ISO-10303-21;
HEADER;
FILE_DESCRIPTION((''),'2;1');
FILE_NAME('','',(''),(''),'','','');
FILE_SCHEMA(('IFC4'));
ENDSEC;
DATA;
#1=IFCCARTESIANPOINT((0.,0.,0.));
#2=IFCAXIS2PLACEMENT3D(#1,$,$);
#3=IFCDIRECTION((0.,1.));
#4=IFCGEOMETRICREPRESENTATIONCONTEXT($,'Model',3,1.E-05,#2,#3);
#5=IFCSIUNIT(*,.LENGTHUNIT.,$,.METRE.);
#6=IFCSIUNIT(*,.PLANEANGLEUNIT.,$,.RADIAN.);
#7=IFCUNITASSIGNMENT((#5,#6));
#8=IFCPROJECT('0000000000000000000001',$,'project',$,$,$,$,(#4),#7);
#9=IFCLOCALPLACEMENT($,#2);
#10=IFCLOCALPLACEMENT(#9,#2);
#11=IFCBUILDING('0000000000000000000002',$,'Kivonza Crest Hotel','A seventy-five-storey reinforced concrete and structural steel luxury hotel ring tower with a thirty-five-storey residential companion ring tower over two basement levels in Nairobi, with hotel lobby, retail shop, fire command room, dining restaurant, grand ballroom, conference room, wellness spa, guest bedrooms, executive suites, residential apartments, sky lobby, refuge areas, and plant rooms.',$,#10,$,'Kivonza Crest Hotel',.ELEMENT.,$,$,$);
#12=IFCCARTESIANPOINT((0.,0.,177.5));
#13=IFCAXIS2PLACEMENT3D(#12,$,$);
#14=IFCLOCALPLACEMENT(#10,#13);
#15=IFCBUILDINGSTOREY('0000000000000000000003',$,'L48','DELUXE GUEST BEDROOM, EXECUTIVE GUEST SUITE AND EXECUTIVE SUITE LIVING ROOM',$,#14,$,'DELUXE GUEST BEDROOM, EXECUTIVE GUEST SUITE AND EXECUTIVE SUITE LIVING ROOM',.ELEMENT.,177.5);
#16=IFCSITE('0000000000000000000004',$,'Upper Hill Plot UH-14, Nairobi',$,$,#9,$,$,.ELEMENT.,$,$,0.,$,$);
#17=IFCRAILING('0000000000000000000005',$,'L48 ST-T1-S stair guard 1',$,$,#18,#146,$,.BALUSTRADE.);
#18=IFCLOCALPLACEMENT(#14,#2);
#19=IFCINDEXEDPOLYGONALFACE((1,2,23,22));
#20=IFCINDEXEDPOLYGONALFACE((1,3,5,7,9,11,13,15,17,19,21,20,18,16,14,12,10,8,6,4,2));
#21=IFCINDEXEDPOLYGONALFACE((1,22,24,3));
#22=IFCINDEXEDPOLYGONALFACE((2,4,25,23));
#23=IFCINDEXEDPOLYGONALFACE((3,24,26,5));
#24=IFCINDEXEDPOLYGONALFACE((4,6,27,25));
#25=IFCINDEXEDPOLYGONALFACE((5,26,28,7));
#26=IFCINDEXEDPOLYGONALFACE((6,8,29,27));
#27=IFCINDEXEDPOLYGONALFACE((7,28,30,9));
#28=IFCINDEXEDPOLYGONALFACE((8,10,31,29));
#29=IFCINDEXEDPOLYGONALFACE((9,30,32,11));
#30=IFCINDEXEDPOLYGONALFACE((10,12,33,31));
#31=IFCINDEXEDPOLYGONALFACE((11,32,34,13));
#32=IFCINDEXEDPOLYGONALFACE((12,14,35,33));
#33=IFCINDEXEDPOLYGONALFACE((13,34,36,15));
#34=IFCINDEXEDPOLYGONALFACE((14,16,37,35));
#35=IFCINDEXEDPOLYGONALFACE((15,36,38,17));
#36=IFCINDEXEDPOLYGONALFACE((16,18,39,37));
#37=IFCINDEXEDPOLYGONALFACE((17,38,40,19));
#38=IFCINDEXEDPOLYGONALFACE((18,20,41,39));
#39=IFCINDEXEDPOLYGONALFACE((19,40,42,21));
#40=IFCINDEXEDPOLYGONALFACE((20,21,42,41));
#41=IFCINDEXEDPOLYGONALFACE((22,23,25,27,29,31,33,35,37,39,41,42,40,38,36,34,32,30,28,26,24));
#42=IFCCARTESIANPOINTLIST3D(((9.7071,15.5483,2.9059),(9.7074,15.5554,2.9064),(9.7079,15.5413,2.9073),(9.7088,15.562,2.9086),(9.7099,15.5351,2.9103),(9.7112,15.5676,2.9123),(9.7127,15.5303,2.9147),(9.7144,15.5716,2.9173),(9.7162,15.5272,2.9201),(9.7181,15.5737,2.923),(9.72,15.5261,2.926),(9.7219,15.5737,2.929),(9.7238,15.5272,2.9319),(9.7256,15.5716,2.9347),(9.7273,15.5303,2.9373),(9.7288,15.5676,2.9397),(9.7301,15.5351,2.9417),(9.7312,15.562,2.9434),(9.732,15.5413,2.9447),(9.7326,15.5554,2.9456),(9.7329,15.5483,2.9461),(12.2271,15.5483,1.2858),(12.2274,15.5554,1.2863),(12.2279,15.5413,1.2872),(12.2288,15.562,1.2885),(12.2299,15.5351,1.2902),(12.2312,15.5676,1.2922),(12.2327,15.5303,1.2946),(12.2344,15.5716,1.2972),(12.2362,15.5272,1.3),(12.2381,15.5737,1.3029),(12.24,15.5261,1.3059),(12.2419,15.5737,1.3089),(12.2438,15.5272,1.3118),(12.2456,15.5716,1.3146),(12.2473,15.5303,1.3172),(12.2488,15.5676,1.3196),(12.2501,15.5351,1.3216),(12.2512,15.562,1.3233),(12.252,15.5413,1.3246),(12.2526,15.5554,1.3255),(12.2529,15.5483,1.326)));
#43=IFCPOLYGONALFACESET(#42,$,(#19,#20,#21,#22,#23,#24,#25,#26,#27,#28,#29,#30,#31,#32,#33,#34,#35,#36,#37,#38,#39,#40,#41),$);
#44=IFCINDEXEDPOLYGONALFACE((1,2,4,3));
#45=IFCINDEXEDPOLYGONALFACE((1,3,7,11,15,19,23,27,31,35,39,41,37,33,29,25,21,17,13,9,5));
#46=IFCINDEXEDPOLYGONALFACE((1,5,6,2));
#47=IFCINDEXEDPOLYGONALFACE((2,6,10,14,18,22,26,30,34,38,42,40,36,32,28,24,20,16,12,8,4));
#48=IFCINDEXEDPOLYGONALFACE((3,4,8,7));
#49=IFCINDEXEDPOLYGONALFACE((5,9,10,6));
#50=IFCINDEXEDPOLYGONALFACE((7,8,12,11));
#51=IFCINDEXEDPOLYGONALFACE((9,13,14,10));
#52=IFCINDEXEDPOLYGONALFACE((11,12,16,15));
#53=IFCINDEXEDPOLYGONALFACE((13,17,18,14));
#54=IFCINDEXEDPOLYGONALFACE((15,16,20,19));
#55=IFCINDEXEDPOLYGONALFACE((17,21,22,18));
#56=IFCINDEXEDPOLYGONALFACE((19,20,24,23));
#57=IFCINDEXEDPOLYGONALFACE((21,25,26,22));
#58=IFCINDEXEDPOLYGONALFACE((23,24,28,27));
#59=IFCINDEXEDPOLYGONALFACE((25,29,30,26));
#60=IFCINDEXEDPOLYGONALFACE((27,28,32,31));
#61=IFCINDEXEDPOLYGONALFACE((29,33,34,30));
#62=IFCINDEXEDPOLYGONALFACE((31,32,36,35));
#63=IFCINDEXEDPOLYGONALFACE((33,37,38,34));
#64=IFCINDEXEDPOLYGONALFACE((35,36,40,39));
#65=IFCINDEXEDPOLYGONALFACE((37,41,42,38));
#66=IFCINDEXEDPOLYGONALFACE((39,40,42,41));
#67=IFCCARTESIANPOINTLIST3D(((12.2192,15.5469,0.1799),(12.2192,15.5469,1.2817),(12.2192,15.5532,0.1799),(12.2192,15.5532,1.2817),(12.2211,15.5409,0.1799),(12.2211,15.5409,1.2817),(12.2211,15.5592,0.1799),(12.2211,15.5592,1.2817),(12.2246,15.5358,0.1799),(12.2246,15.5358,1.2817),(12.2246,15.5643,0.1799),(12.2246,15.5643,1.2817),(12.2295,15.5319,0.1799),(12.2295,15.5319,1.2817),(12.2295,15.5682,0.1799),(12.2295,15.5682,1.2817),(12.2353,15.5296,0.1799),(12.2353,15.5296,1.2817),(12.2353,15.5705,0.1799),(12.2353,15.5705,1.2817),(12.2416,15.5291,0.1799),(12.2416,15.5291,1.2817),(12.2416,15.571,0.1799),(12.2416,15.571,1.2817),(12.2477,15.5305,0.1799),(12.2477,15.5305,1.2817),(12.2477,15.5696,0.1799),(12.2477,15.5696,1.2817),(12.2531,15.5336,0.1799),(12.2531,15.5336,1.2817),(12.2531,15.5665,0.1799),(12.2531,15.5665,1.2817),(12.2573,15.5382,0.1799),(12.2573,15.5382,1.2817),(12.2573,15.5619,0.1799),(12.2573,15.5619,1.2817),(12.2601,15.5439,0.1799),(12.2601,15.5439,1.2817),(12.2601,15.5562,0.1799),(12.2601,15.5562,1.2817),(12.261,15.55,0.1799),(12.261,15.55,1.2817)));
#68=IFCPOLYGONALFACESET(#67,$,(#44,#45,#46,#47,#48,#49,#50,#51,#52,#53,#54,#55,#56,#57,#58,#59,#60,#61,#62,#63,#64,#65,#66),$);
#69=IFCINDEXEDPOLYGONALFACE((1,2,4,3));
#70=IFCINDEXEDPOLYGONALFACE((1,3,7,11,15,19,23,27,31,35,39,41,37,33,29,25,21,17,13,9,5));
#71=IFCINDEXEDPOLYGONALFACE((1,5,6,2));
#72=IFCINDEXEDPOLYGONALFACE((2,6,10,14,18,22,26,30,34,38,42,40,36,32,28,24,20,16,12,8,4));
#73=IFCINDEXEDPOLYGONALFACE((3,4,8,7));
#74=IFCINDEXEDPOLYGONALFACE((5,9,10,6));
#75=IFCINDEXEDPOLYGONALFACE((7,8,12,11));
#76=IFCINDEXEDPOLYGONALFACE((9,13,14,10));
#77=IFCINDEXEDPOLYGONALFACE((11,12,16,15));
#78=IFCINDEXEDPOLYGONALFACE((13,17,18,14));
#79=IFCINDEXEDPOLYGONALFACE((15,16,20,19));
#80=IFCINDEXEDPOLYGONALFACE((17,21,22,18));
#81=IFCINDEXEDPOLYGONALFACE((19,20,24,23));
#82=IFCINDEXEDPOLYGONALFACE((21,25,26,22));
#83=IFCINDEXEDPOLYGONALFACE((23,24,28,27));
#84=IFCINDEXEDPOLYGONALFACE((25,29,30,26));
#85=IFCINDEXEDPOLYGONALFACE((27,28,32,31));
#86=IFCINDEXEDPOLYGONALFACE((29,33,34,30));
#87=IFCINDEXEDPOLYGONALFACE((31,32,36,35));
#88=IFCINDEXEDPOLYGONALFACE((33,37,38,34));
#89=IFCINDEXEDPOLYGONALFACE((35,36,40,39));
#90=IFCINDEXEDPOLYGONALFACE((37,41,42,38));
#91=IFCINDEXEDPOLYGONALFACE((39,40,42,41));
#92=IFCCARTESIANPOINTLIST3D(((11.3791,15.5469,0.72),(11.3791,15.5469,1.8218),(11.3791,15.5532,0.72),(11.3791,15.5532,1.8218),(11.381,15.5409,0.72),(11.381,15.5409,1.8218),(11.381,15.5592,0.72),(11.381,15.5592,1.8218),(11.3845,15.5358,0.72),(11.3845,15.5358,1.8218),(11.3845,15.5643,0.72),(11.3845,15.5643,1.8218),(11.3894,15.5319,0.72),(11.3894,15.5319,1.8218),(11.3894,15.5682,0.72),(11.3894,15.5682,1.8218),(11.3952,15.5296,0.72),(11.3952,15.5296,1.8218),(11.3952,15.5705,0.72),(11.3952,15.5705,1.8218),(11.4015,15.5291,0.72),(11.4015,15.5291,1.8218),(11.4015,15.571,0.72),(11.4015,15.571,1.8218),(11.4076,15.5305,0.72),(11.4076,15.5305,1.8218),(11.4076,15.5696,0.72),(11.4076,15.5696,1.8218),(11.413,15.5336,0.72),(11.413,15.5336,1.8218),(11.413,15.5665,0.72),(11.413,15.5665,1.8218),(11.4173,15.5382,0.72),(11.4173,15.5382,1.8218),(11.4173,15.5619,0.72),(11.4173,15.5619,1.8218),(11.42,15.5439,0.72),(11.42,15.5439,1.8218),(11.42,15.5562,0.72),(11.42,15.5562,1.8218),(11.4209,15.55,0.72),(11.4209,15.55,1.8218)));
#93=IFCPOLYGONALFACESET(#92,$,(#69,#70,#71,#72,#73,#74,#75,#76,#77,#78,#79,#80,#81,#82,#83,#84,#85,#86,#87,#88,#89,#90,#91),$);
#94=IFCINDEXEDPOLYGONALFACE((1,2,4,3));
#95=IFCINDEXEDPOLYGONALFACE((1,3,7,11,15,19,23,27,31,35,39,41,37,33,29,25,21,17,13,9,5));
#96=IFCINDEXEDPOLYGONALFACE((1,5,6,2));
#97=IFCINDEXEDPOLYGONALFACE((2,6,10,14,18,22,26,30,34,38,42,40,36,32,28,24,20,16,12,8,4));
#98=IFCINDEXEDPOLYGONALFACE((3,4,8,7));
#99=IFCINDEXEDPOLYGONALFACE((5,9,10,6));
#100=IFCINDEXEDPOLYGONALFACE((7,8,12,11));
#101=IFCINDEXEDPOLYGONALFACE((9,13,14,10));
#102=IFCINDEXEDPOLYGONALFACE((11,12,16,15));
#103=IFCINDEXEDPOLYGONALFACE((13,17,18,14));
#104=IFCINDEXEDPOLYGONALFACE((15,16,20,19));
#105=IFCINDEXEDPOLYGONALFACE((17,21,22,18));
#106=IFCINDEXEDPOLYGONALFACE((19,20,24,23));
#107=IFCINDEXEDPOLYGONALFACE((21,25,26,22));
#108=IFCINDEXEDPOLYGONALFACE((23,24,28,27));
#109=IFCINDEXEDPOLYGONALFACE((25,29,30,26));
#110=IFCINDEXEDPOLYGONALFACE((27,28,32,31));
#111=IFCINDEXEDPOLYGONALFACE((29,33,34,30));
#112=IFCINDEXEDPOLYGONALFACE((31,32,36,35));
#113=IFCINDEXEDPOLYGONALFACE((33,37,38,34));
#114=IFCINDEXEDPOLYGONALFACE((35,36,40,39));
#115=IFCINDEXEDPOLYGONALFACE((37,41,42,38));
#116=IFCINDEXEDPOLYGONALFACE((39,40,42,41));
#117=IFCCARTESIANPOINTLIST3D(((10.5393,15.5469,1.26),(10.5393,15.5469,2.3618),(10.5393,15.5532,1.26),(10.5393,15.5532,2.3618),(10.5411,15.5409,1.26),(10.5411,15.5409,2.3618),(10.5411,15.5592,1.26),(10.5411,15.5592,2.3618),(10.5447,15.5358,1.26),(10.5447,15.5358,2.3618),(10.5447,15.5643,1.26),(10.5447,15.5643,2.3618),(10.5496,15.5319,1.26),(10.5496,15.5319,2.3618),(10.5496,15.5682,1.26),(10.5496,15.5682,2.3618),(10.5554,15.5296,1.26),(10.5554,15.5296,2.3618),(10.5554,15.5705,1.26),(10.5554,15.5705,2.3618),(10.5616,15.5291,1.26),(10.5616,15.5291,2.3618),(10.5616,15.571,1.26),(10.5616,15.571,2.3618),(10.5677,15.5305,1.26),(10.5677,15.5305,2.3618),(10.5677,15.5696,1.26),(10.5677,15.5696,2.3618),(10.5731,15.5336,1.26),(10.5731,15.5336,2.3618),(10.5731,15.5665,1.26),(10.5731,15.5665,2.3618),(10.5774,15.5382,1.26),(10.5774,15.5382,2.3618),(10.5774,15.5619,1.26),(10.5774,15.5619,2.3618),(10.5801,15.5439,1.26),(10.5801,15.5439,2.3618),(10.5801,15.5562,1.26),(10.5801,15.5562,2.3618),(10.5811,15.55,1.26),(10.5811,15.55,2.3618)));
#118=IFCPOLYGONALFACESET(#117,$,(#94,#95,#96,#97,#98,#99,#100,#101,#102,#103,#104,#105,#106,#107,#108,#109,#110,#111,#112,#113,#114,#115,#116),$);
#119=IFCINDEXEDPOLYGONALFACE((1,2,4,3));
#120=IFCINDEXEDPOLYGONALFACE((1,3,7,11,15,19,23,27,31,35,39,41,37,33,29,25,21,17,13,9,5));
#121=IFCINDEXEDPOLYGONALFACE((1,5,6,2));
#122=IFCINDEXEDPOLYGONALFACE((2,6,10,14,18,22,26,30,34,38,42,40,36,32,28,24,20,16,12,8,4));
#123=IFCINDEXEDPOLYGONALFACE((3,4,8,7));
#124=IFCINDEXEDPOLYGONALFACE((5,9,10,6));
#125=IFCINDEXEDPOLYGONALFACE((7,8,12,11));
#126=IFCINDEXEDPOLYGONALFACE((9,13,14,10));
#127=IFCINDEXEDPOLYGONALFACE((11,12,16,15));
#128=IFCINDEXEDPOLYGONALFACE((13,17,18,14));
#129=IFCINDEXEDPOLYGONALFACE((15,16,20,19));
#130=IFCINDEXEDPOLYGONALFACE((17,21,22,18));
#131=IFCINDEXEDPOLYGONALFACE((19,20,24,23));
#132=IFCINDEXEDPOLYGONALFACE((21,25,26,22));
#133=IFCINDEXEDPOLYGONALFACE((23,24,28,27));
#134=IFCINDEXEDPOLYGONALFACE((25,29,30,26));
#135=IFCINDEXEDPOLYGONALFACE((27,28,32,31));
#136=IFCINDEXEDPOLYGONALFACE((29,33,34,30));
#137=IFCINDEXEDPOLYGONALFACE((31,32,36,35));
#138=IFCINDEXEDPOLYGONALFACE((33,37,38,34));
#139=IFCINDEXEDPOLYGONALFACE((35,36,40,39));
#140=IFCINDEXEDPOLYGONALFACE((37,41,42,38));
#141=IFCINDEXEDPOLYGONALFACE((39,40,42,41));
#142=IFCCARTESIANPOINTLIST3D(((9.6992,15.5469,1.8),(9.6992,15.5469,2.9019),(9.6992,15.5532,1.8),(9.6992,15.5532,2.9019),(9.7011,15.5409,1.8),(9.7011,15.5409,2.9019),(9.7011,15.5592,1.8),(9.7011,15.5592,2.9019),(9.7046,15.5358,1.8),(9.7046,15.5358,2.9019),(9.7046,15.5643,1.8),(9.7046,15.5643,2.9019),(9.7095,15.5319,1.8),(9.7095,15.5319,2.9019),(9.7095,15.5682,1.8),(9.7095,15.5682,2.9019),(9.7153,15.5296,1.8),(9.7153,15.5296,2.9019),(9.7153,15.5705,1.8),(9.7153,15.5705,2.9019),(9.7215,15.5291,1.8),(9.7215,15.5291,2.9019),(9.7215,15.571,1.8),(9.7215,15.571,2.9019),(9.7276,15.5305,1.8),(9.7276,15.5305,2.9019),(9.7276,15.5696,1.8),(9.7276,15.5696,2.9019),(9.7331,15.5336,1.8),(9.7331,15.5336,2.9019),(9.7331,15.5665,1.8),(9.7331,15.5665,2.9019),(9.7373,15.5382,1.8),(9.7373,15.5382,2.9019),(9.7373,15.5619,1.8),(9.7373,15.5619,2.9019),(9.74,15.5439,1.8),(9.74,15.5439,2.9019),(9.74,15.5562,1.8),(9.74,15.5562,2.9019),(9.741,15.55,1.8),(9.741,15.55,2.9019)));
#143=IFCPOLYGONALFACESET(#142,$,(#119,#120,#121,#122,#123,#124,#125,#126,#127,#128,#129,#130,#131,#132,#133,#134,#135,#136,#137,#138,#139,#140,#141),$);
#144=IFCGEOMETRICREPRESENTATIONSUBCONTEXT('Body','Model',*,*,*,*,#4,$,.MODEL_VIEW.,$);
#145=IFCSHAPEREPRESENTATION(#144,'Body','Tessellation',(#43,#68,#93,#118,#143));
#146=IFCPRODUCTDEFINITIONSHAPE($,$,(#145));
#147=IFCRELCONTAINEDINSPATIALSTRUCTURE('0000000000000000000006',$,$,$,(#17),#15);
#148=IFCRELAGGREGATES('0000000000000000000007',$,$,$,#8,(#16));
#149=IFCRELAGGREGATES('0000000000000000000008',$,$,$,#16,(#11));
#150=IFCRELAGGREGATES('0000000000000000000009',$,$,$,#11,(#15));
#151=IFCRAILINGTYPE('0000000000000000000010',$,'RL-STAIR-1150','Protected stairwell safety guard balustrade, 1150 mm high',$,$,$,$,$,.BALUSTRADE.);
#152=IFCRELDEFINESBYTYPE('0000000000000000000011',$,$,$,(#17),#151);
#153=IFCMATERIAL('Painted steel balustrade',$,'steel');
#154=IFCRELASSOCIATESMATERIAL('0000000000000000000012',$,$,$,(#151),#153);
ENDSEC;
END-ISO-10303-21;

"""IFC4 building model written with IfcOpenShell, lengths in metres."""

from ifc_helpers import new_model, si_unit, direction, frame, origin, origin_2d, place, context, subcontext, project, spatial, circle, extrude, material, type_object, element, save


model = new_model("IFC4")

# Units and contexts
model_context = context("Model", 3, precision=1e-05, world=origin(), true_north=direction((0.0, 1.0)))
body_context = subcontext(model_context, "Body", "Model", "MODEL_VIEW")
ifc_project = project(units=[si_unit("LENGTHUNIT", "METRE"), si_unit("PLANEANGLEUNIT", "RADIAN")], contexts=[model_context])

# Site, building, storey
site_placement = place(None, origin())
site = spatial("IfcSite", under=ifc_project, at=site_placement, Name="Upper Hill Plot UH-14, Nairobi", CompositionType="ELEMENT", RefElevation=0.0)
building_placement = place(site_placement, origin())
building = spatial("IfcBuilding", under=site, at=building_placement, Name="Kivonza Crest Hotel", Description="A seventy-five-storey reinforced concrete and structural steel luxury hotel ring tower with a thirty-five-storey residential companion ring tower over two basement levels in Nairobi, with hotel lobby, retail shop, fire command room, dining restaurant, grand ballroom, conference room, wellness spa, guest bedrooms, executive suites, residential apartments, sky lobby, refuge areas, and plant rooms.", LongName="Kivonza Crest Hotel", CompositionType="ELEMENT")
storey_placement = place(building_placement, frame((0.0, 0.0, 177.5)))
storey = spatial("IfcBuildingStorey", under=building, at=storey_placement, Name="L48", Description="DELUXE GUEST BEDROOM, EXECUTIVE GUEST SUITE AND EXECUTIVE SUITE LIVING ROOM", LongName="DELUXE GUEST BEDROOM, EXECUTIVE GUEST SUITE AND EXECUTIVE SUITE LIVING ROOM", CompositionType="ELEMENT", Elevation=177.5)

# Railing
ifc_material_1 = material(Name="Painted steel balustrade", Category="steel")
railing_type_1 = type_object("IfcRailingType", Name="RL-STAIR-1150", Description="Protected stairwell safety guard balustrade, 1150 mm high", PredefinedType="BALUSTRADE", material=ifc_material_1)
railing_1_placement = place(storey_placement, frame((12.24, 15.55, 0.1799)))
element("IfcRailing", 1, at=railing_1_placement, inside=storey, type_object=railing_type_1, Name="L48 ST-T1-S stair guard 1", PredefinedType="BALUSTRADE", context=body_context, shape_type="SweptSolid", body=[
    extrude(circle(Radius=0.0239, at=origin_2d()), frame((0.0, 0.0, 1.126), z_axis=(-0.841163, 0.0, 0.540782), x_axis=(0.0, -1.0, 0.0)), (0.0, 0.0, 1.0), 2.9958),
    extrude(circle(Radius=0.021, at=origin_2d()), origin(), (0.0, 0.0, 1.0), 1.1018),
    extrude(circle(Radius=0.021, at=origin_2d()), frame((-0.8401, 0.0, 0.54)), (0.0, 0.0, 1.0), 1.1018),
    extrude(circle(Radius=0.021, at=origin_2d()), frame((-1.6799, 0.0, 1.0801)), (0.0, 0.0, 1.0), 1.1018),
    extrude(circle(Radius=0.021, at=origin_2d()), frame((-2.52, 0.0, 1.6201)), (0.0, 0.0, 1.0), 1.1018),
])

save(model, "model.ifc")
